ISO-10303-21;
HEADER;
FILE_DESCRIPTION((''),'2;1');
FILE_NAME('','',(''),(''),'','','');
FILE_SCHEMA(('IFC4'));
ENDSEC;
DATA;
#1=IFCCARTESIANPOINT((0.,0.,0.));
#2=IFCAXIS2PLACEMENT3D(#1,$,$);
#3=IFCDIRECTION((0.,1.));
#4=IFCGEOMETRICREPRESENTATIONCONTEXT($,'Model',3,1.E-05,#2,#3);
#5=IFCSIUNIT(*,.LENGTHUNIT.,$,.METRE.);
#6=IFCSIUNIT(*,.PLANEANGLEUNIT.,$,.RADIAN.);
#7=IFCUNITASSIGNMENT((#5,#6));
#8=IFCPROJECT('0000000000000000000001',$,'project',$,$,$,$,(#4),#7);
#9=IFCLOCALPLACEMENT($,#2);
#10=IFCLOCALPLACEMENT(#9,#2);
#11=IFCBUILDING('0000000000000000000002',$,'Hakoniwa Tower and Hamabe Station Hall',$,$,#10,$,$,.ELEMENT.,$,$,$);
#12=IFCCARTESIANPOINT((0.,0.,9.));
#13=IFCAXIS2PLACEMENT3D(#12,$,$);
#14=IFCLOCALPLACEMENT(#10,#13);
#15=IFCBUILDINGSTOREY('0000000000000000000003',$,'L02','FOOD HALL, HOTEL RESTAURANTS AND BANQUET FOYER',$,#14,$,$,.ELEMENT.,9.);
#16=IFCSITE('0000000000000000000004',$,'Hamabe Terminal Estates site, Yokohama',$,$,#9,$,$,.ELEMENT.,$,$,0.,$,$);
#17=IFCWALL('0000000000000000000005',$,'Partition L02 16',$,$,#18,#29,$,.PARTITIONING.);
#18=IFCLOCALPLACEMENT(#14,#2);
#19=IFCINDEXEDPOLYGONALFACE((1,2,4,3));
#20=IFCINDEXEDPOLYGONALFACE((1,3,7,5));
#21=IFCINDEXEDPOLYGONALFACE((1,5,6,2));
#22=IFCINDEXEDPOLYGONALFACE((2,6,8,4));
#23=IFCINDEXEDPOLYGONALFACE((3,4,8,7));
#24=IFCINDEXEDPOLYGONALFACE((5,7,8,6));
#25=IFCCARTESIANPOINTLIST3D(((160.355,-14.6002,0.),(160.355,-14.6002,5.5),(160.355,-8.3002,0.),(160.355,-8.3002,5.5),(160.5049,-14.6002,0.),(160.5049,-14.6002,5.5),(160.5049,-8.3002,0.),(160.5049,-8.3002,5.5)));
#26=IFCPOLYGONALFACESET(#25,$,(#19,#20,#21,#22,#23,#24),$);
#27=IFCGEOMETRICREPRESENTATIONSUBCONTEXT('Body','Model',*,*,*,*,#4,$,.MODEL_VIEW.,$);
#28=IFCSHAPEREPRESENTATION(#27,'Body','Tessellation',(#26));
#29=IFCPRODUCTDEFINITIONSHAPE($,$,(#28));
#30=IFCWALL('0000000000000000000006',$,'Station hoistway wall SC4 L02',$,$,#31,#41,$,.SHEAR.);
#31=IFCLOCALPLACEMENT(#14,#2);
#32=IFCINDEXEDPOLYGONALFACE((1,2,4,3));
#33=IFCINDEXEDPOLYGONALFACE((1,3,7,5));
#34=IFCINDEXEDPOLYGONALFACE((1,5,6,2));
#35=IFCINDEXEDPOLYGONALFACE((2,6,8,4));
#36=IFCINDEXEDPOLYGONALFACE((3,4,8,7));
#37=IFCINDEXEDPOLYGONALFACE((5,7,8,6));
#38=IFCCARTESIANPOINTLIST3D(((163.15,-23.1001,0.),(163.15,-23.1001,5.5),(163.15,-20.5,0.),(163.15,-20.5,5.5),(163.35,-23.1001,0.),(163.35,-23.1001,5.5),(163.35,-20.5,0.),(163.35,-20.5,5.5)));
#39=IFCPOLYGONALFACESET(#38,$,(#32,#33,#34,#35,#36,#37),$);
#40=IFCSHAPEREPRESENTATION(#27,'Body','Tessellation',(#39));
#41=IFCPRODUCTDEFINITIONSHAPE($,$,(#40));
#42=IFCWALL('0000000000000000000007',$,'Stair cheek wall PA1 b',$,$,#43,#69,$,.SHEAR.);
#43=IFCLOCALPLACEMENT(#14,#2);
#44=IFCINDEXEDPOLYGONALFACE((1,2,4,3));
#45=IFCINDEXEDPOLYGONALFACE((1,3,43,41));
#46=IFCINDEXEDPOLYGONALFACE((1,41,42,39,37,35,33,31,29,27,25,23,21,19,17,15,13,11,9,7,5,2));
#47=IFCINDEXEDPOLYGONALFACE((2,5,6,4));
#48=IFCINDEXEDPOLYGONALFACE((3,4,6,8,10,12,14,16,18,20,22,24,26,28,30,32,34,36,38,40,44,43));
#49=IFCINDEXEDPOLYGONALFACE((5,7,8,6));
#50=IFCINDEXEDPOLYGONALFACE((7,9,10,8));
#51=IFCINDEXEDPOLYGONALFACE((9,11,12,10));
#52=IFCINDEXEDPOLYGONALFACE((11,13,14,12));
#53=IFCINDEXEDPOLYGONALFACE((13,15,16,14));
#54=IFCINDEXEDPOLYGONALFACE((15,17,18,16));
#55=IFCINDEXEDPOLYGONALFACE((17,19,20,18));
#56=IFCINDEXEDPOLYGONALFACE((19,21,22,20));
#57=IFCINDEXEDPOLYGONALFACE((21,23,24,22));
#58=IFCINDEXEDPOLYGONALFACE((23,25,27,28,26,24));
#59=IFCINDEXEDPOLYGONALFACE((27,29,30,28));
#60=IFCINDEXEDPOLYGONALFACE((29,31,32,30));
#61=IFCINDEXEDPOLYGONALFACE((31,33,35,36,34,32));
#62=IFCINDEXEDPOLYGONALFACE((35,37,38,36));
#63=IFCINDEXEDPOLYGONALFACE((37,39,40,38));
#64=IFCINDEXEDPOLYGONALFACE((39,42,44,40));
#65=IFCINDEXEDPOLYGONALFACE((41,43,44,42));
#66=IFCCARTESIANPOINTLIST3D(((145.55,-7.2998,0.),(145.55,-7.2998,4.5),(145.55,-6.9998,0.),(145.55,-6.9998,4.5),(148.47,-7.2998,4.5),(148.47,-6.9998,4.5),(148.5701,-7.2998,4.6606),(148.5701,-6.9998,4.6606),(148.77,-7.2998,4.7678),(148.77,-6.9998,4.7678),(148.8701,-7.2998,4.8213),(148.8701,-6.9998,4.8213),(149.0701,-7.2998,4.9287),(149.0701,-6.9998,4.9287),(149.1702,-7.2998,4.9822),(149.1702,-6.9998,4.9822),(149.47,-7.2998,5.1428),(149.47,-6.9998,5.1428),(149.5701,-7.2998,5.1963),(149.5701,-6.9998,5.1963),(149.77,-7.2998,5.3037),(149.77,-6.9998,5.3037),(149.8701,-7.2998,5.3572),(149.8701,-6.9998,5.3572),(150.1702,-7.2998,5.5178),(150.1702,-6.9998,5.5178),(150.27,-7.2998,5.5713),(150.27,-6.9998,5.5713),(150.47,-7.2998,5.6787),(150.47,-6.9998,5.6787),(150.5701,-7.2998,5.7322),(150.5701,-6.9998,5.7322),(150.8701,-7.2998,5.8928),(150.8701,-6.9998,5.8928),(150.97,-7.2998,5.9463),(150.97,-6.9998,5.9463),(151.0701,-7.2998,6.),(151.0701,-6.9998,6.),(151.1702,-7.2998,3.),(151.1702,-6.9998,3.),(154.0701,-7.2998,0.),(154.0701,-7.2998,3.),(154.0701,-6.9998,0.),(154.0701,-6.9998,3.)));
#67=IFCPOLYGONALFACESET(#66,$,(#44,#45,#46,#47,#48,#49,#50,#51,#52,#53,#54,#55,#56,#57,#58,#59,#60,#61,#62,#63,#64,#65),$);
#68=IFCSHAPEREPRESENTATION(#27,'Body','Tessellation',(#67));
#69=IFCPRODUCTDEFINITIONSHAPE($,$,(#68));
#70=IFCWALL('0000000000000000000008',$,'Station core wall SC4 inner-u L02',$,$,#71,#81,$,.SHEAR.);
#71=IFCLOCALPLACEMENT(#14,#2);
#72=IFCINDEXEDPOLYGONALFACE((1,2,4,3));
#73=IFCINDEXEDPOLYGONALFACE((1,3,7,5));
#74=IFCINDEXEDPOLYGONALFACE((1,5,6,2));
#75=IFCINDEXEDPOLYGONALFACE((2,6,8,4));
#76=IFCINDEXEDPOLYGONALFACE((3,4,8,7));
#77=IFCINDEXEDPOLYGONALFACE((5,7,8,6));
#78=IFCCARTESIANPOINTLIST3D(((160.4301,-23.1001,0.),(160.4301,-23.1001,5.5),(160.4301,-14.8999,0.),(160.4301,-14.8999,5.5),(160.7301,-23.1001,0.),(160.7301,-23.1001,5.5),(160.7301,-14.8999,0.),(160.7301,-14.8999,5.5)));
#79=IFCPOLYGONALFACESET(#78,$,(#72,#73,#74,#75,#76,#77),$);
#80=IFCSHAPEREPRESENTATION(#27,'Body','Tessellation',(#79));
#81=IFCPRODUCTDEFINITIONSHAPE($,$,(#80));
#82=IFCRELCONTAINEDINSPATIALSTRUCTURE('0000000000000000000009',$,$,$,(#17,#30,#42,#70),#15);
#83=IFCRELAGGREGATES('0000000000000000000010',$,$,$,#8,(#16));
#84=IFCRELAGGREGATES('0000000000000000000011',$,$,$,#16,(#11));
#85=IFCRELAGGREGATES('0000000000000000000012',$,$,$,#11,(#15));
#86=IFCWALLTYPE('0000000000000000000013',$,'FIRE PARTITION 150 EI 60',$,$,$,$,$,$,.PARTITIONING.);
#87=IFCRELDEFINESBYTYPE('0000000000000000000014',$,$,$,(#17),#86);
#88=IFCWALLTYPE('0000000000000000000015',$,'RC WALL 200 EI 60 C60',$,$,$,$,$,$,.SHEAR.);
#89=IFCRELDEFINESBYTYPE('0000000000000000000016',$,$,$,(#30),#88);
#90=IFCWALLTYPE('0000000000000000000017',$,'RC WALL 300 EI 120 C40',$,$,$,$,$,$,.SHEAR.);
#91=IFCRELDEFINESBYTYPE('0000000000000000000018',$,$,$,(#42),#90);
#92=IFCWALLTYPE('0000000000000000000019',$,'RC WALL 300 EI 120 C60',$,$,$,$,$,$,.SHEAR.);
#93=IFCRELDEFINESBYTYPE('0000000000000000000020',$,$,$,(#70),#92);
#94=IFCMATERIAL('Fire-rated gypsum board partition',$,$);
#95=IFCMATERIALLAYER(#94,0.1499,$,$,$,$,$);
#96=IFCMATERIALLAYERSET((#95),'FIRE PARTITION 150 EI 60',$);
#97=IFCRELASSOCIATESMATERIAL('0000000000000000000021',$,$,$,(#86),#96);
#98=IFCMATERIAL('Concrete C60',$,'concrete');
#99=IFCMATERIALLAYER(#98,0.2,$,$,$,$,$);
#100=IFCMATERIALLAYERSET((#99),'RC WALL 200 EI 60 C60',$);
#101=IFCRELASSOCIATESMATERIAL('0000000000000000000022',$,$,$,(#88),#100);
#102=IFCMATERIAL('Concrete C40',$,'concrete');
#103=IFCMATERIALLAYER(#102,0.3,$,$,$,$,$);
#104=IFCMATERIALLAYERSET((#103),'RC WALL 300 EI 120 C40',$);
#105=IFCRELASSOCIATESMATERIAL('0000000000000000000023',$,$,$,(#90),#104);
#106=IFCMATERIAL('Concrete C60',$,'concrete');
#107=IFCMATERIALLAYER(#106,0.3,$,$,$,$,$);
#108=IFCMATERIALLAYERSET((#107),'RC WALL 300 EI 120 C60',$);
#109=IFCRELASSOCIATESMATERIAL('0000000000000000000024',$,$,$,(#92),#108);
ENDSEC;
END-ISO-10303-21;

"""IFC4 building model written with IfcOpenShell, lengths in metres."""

from ifc_helpers import new_model, si_unit, direction, frame, frame_2d, origin, place, context, subcontext, project, spatial, polyline, rectangle, outline, extrude, material, layer, layer_set, type_object, element, save


model = new_model("IFC4")

# Units and contexts
model_context = context("Model", 3, precision=1e-05, world=origin(), true_north=direction((0.0, 1.0)))
body_context = subcontext(model_context, "Body", "Model", "MODEL_VIEW")
ifc_project = project(units=[si_unit("LENGTHUNIT", "METRE"), si_unit("PLANEANGLEUNIT", "RADIAN")], contexts=[model_context])

# Site, building, storey
site_placement = place(None, origin())
site = spatial("IfcSite", under=ifc_project, at=site_placement, Name="Hamabe Terminal Estates site, Yokohama", CompositionType="ELEMENT", RefElevation=0.0)
building_placement = place(site_placement, origin())
building = spatial("IfcBuilding", under=site, at=building_placement, Name="Hakoniwa Tower and Hamabe Station Hall", CompositionType="ELEMENT")
storey_placement = place(building_placement, frame((0.0, 0.0, 9.0)))
storey = spatial("IfcBuildingStorey", under=building, at=storey_placement, Name="L02", Description="FOOD HALL, HOTEL RESTAURANTS AND BANQUET FOYER", CompositionType="ELEMENT", Elevation=9.0)

# Walls
ifc_material_1 = material(Name="Fire-rated gypsum board partition")
ifc_layer_1 = layer(ifc_material_1, 0.1499)
ifc_layer_set_1 = layer_set([ifc_layer_1], Name="FIRE PARTITION 150 EI 60")
wall_type_1 = type_object("IfcWallType", Name="FIRE PARTITION 150 EI 60", PredefinedType="PARTITIONING", material=ifc_layer_set_1)
wall_1_placement = place(storey_placement, frame((160.4299, -14.6001, 0.0), z_axis=(0.0, 0.0, 1.0), x_axis=(0.0, 1.0, 0.0)))
element("IfcWall", 1, at=wall_1_placement, inside=storey, type_object=wall_type_1, Name="Partition L02 16", PredefinedType="PARTITIONING", context=body_context, shape_type="SweptSolid", body=[
    extrude(rectangle(XDim=6.3, YDim=0.1499, at=frame_2d((3.1499, 0.0))), origin(), (0.0, 0.0, 1.0), 5.5),
])
ifc_material_2 = material(Name="Concrete C60", Category="concrete")
ifc_layer_2 = layer(ifc_material_2, 0.2)
ifc_layer_set_2 = layer_set([ifc_layer_2], Name="RC WALL 200 EI 60 C60")
wall_type_2 = type_object("IfcWallType", Name="RC WALL 200 EI 60 C60", PredefinedType="SHEAR", material=ifc_layer_set_2)
wall_2_placement = place(storey_placement, frame((163.25, -23.1001, 0.0), z_axis=(0.0, 0.0, 1.0), x_axis=(0.0, 1.0, 0.0)))
element("IfcWall", 2, at=wall_2_placement, inside=storey, type_object=wall_type_2, Name="Station hoistway wall SC4 L02", PredefinedType="SHEAR", context=body_context, shape_type="SweptSolid", body=[
    extrude(rectangle(XDim=2.6001, YDim=0.2, at=frame_2d((1.3, 0.0))), origin(), (0.0, 0.0, 1.0), 5.5),
])
ifc_material_3 = material(Name="Concrete C40", Category="concrete")
ifc_layer_3 = layer(ifc_material_3, 0.3)
ifc_layer_set_3 = layer_set([ifc_layer_3], Name="RC WALL 300 EI 120 C40")
wall_type_3 = type_object("IfcWallType", Name="RC WALL 300 EI 120 C40", PredefinedType="SHEAR", material=ifc_layer_set_3)
wall_3_placement = place(storey_placement, frame((154.0701, -7.1499, 0.0), z_axis=(0.0, 0.0, 1.0), x_axis=(-1.0, 0.0, 0.0)))
element("IfcWall", 3, at=wall_3_placement, inside=storey, type_object=wall_type_3, Name="Stair cheek wall PA1 b", PredefinedType="SHEAR", context=body_context, shape_type="SweptSolid", body=[
    extrude(outline(polyline([(0.0, 0.0), (8.52, 0.0), (8.52, 4.5), (5.6001, 4.5), (5.5, 4.6606), (5.3, 4.7678), (5.2, 4.8213), (5.0, 4.9287), (4.8999, 4.9822), (4.6001, 5.1428), (4.5, 5.1963), (4.3, 5.3037), (4.2, 5.3572), (3.8999, 5.5178), (3.8, 5.5713), (3.6001, 5.6787), (3.5, 5.7322), (3.2, 5.8928), (3.1001, 5.9463), (3.0, 6.0), (2.8999, 3.0), (0.0, 3.0), (0.0, 0.0)])), frame((0.0, 0.1499, 0.0), z_axis=(0.0, -1.0, 0.0), x_axis=(1.0, 0.0, 0.0)), (0.0, 0.0, 1.0), 0.3),
])
ifc_material_4 = material(Name="Concrete C60", Category="concrete")
ifc_layer_4 = layer(ifc_material_4, 0.3)
ifc_layer_set_4 = layer_set([ifc_layer_4], Name="RC WALL 300 EI 120 C60")
wall_type_4 = type_object("IfcWallType", Name="RC WALL 300 EI 120 C60", PredefinedType="SHEAR", material=ifc_layer_set_4)
wall_4_placement = place(storey_placement, frame((160.5801, -23.1001, 0.0), z_axis=(0.0, 0.0, 1.0), x_axis=(0.0, 1.0, 0.0)))
element("IfcWall", 4, at=wall_4_placement, inside=storey, type_object=wall_type_4, Name="Station core wall SC4 inner-u L02", PredefinedType="SHEAR", context=body_context, shape_type="SweptSolid", body=[
    extrude(rectangle(XDim=8.2002, YDim=0.3, at=frame_2d((4.1001, 0.0))), origin(), (0.0, 0.0, 1.0), 5.5),
])

save(model, "model.ifc")
